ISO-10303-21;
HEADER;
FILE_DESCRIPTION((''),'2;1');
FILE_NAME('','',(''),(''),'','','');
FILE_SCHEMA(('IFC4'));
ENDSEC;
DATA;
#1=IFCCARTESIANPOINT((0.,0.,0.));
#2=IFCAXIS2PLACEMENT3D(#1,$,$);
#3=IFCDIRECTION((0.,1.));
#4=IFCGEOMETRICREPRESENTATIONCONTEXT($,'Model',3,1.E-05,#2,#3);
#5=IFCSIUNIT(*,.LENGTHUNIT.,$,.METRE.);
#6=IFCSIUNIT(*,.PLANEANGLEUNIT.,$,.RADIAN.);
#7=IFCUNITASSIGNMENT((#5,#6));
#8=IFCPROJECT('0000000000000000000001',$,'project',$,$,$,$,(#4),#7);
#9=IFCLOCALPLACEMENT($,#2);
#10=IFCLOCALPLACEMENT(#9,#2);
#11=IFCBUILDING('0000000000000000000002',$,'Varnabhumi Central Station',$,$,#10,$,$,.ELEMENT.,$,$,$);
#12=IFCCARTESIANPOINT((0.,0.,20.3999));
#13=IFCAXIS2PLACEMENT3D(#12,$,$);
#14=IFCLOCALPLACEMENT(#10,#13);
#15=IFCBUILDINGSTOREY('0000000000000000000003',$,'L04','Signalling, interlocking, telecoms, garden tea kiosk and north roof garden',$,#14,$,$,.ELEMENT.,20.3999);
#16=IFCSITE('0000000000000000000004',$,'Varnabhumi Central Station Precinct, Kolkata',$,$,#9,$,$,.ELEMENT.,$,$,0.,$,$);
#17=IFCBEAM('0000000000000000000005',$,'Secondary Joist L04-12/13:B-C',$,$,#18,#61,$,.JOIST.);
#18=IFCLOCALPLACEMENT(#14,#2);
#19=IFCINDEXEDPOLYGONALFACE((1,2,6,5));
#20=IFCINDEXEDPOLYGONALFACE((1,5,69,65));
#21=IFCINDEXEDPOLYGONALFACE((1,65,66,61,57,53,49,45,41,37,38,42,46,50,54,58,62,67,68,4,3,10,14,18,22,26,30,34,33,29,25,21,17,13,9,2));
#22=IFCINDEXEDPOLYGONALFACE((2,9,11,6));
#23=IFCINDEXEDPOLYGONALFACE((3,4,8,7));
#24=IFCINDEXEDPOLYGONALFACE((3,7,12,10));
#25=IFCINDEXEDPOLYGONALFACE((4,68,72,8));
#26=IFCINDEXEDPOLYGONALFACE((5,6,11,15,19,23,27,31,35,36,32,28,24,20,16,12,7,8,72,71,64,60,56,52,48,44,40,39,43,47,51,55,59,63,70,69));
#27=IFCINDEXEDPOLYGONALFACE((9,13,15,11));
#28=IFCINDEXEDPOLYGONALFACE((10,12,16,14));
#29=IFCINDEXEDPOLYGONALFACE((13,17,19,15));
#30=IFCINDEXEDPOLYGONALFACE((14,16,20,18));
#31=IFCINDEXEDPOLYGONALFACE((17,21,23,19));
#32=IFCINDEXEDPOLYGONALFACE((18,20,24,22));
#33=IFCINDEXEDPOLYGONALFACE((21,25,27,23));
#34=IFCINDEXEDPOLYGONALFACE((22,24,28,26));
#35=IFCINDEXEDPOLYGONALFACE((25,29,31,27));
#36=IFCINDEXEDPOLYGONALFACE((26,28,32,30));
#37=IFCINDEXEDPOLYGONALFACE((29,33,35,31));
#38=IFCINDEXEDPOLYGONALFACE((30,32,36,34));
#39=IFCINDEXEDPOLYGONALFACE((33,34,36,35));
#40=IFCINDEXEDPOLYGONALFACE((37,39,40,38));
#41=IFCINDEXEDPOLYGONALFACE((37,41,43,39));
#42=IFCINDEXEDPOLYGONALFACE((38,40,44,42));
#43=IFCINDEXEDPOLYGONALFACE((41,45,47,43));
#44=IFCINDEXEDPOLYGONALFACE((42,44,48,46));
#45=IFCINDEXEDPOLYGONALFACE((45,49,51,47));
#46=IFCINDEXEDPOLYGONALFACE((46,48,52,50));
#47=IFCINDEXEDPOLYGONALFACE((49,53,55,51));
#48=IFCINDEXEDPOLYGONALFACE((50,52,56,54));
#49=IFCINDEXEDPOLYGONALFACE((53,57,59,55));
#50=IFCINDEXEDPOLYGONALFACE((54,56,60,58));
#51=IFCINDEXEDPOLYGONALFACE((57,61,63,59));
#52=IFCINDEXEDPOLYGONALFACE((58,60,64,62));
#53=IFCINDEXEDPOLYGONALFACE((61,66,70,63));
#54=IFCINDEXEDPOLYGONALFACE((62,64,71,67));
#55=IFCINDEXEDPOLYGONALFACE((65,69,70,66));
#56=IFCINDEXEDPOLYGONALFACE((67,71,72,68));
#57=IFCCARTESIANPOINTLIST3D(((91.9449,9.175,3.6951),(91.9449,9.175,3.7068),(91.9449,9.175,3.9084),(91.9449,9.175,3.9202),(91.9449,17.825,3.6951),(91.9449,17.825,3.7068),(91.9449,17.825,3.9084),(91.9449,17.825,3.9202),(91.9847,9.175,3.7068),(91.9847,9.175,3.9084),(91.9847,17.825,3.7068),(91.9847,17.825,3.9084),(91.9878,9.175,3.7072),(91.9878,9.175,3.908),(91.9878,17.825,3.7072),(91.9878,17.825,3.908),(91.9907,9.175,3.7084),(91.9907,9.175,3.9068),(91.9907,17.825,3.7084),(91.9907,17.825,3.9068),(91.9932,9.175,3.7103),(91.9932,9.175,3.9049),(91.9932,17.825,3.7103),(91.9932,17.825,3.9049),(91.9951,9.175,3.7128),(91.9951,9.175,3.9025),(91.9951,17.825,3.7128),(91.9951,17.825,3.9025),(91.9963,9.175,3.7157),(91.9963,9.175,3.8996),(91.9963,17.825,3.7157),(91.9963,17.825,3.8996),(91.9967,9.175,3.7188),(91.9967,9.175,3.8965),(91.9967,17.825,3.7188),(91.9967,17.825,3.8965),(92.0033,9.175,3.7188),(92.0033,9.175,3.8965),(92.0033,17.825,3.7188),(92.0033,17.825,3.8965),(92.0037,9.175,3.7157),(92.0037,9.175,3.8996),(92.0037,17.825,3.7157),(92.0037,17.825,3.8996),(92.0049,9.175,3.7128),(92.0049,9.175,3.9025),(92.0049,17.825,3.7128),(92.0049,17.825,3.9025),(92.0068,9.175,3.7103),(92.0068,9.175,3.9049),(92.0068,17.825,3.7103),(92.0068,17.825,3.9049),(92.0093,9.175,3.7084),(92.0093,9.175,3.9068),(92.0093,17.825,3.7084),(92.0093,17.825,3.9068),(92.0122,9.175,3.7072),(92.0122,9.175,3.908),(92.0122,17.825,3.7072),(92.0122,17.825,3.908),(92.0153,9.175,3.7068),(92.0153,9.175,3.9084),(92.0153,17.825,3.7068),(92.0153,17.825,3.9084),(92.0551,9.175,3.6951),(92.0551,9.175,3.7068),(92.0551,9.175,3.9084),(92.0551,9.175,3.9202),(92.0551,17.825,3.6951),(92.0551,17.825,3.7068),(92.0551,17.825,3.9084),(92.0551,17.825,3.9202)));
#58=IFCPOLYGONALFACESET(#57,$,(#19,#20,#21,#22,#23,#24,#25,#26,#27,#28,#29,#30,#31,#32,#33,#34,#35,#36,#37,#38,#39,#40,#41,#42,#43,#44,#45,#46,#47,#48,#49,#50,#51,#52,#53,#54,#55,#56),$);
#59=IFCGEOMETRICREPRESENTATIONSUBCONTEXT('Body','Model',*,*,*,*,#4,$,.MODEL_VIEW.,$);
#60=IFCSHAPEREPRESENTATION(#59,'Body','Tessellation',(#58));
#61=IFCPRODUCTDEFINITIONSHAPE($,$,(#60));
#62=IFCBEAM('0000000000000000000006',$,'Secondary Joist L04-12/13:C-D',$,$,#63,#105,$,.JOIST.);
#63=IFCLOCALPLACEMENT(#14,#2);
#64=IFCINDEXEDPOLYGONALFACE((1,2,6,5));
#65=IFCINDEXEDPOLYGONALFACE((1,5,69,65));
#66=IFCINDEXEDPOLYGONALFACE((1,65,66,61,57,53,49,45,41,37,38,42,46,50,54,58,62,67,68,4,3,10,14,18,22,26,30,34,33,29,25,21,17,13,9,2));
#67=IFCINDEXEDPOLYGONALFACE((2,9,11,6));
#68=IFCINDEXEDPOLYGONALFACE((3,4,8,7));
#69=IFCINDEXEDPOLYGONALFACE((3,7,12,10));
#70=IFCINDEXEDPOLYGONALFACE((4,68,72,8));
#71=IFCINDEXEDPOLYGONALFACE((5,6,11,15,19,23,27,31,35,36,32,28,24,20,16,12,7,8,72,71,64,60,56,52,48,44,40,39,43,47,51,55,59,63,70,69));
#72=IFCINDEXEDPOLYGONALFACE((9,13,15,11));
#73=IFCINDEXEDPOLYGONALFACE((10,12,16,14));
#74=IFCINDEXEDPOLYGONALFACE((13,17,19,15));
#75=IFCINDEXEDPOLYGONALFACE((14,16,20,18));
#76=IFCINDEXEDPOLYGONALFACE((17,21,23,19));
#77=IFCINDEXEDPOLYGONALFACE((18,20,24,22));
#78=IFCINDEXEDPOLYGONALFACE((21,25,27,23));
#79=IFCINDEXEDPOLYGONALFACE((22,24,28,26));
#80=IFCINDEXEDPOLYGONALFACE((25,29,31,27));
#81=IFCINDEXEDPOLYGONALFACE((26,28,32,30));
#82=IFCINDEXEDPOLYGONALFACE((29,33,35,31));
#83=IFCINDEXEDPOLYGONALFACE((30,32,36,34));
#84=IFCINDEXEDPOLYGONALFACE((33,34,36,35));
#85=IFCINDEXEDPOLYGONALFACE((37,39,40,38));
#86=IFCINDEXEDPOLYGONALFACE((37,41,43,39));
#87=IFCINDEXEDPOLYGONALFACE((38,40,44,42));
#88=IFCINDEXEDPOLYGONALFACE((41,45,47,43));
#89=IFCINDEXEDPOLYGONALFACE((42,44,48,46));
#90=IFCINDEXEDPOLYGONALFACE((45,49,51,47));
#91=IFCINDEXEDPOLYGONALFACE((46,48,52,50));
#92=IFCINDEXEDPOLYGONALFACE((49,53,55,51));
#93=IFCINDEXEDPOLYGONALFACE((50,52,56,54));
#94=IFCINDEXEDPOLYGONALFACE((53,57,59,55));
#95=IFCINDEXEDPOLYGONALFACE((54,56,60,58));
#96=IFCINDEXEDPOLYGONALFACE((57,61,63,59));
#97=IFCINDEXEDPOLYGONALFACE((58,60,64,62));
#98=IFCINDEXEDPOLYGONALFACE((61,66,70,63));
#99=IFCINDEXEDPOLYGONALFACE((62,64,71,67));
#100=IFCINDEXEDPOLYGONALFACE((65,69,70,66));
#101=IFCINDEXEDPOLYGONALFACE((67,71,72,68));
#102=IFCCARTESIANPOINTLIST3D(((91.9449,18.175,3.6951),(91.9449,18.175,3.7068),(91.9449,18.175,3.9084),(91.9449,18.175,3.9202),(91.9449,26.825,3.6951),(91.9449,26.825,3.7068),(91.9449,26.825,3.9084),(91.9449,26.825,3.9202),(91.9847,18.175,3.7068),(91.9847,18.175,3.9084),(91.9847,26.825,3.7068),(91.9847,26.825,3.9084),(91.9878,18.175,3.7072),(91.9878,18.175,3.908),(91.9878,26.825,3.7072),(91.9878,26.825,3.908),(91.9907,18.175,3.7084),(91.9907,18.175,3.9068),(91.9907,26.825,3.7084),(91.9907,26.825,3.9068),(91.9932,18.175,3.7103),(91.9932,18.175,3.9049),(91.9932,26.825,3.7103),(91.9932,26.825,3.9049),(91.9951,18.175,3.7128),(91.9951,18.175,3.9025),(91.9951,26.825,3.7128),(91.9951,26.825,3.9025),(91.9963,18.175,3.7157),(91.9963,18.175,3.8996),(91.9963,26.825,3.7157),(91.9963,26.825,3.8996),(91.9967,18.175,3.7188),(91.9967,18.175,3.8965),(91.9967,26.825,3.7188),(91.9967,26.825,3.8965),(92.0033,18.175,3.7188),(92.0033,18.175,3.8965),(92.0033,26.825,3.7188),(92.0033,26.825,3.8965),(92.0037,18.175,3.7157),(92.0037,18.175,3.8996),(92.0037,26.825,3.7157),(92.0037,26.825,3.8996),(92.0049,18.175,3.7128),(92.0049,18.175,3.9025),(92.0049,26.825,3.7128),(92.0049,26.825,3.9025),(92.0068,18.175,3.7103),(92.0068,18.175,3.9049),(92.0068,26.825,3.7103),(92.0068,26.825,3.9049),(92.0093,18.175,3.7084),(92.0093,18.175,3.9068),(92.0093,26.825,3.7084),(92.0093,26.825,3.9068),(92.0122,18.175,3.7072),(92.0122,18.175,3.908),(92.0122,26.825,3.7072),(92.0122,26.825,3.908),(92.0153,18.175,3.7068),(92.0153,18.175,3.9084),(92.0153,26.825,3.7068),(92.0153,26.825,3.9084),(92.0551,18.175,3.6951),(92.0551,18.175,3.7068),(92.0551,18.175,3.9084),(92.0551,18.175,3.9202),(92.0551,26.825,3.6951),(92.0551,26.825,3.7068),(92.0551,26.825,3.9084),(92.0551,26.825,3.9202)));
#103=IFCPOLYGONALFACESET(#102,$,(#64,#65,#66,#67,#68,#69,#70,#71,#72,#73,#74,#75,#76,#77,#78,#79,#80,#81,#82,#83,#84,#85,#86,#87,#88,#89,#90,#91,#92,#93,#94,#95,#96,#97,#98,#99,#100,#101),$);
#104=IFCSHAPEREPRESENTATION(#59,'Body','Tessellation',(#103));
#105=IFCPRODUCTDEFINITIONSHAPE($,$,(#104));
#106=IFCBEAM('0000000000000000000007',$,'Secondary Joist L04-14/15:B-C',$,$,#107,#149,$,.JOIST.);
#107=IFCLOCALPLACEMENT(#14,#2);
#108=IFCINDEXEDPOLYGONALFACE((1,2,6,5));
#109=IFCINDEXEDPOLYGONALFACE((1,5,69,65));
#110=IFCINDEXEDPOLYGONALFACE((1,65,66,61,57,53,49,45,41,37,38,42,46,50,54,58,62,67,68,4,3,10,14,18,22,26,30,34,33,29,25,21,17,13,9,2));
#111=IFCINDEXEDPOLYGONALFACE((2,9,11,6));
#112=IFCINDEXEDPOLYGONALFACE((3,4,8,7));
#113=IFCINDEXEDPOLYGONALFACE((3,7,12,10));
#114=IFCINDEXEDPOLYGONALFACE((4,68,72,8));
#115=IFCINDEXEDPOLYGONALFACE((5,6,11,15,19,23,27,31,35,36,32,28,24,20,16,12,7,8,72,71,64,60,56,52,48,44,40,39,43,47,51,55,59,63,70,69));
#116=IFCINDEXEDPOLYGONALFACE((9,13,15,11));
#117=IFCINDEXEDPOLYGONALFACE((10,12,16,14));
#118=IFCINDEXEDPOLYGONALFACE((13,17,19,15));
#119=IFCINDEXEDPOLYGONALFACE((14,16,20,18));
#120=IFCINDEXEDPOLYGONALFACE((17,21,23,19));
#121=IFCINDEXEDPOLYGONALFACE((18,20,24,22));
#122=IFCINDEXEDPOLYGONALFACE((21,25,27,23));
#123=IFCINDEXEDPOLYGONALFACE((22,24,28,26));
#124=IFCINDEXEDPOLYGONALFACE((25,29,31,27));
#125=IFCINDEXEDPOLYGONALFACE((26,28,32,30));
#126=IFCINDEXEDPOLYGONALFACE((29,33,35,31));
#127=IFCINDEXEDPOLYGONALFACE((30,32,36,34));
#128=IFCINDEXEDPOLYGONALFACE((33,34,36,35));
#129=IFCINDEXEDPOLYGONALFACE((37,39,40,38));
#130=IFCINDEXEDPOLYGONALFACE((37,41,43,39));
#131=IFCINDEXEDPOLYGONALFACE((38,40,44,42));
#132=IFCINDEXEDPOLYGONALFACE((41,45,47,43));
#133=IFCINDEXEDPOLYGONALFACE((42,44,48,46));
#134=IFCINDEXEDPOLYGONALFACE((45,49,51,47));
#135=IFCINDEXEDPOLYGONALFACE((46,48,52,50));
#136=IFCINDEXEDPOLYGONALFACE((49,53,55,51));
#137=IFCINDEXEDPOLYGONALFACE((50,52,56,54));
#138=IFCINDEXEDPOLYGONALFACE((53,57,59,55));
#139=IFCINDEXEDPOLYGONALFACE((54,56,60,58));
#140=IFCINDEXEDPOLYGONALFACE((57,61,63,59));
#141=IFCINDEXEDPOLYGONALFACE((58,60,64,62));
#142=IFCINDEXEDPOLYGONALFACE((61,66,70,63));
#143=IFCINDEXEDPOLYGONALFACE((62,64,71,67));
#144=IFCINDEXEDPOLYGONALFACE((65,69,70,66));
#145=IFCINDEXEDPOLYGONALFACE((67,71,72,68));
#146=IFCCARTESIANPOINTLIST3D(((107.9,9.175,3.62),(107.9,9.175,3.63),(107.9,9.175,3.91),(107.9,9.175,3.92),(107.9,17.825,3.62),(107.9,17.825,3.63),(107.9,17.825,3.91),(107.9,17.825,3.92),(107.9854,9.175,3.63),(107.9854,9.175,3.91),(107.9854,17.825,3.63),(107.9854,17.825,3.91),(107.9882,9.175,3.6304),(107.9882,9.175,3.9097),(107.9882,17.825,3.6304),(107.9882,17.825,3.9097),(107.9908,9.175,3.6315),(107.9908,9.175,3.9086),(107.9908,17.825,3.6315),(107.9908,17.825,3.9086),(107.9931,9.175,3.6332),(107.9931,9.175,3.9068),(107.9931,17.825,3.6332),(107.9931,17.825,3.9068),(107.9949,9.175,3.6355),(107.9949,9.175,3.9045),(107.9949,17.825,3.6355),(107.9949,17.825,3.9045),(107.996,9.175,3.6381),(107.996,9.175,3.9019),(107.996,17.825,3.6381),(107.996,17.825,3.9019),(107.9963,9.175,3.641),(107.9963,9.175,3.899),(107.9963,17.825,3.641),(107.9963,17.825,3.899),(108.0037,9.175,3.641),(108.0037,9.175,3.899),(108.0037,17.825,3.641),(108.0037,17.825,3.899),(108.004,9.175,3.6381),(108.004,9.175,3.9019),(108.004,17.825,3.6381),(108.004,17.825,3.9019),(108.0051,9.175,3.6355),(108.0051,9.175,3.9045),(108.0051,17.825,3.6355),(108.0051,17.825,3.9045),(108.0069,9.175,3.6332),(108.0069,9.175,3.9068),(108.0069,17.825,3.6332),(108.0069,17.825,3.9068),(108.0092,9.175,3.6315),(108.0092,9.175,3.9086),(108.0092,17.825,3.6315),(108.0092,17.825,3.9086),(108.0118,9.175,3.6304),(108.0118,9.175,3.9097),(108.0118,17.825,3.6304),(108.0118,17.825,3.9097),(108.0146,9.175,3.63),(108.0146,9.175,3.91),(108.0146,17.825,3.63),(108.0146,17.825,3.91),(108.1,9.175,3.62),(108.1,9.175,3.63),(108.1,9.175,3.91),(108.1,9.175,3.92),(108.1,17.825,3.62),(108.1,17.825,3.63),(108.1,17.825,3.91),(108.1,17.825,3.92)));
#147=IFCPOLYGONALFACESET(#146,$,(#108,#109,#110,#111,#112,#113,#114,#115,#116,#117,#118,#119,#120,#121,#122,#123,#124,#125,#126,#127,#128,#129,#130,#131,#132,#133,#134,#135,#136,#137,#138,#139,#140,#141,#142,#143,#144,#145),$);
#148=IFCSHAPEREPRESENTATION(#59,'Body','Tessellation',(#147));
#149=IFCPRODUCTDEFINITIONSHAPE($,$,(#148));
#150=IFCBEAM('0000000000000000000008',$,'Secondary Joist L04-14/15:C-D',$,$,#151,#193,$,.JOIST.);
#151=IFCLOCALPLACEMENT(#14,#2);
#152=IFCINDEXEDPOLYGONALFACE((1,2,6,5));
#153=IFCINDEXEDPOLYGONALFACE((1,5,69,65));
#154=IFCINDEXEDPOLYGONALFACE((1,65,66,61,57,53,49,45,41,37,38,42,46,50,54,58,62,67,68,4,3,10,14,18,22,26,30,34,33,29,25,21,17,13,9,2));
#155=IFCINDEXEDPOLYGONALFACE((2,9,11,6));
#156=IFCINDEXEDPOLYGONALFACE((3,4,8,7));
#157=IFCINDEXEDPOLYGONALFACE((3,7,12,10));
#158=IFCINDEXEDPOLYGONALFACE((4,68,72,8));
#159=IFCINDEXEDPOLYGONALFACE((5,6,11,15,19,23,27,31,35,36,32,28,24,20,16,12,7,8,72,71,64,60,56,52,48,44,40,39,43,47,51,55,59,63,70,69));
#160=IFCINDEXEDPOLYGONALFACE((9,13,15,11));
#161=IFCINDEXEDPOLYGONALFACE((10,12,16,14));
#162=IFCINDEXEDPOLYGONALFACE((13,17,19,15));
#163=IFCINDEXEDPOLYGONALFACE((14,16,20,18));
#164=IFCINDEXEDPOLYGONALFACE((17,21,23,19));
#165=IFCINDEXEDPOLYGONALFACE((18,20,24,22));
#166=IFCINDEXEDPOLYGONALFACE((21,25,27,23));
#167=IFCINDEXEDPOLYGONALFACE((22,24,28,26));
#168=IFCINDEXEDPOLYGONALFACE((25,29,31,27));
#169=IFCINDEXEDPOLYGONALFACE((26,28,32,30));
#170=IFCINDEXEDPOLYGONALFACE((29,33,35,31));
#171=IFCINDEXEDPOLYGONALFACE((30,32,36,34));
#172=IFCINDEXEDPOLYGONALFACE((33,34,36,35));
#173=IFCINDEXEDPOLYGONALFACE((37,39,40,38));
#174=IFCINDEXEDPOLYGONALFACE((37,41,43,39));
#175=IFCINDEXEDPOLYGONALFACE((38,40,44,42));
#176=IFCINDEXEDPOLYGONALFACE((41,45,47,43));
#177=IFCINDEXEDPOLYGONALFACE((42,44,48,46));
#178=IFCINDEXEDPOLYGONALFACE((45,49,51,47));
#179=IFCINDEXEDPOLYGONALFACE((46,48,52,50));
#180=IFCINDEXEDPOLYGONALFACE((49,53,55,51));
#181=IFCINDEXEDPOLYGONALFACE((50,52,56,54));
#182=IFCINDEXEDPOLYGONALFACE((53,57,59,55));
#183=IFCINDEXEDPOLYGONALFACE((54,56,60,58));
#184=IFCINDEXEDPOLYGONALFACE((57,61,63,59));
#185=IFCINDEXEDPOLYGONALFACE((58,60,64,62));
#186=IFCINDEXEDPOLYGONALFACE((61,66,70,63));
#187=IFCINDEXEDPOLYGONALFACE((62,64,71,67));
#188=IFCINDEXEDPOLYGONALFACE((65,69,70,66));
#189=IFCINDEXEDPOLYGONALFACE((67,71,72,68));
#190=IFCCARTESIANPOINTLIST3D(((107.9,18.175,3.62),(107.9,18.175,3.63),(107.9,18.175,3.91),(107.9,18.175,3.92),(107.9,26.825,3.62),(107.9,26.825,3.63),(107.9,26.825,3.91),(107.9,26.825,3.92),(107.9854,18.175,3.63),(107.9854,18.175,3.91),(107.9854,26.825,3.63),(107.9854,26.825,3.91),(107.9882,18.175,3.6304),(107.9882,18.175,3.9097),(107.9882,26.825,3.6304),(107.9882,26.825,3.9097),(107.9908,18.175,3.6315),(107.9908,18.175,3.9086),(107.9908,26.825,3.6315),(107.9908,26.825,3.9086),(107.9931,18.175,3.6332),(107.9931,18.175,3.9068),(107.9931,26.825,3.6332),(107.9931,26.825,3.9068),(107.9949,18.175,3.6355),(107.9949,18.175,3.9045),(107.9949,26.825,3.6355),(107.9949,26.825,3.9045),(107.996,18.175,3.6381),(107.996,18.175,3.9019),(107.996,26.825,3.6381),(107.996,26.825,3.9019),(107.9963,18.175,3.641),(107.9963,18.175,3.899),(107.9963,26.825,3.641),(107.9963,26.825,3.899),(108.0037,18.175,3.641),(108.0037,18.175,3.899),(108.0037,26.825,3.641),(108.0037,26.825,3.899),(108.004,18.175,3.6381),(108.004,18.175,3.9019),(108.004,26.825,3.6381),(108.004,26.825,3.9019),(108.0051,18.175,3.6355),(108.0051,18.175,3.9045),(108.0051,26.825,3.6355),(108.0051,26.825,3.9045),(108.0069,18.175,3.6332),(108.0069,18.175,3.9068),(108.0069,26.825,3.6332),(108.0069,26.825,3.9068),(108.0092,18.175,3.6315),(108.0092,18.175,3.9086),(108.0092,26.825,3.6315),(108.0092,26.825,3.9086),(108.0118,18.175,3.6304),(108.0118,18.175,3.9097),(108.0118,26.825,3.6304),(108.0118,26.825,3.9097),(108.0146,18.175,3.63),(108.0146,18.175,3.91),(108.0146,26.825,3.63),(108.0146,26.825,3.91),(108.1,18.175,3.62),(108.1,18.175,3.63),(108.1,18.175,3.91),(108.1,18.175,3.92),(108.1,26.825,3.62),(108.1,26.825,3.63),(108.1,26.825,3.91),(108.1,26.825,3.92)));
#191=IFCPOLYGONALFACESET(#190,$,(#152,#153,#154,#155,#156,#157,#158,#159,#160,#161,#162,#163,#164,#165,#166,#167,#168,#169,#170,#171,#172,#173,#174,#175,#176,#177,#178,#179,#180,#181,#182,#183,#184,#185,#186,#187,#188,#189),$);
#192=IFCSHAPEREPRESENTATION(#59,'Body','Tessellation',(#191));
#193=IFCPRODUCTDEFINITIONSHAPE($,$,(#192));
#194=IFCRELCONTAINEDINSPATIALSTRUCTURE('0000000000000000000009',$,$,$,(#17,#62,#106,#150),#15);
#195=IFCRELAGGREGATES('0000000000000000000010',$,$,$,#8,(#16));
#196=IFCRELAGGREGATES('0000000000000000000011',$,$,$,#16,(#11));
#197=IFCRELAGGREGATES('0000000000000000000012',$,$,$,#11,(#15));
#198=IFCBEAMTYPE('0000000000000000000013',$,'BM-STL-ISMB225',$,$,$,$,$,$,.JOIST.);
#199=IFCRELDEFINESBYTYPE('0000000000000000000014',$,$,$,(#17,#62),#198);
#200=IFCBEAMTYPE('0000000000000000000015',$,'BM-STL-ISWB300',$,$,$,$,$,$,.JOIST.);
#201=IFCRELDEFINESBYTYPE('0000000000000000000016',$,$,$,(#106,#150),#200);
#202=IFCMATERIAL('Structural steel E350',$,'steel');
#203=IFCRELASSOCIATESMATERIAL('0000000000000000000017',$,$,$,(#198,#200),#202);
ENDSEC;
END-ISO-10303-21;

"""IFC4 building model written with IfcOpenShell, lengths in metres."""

from ifc_helpers import new_model, si_unit, direction, frame, origin, origin_2d, place, context, subcontext, project, spatial, i_section, extrude, material, material_profile, profile_set, type_object, element, save


model = new_model("IFC4")

# Units and contexts
model_context = context("Model", 3, precision=1e-05, world=origin(), true_north=direction((0.0, 1.0)))
body_context = subcontext(model_context, "Body", "Model", "MODEL_VIEW")
ifc_project = project(units=[si_unit("LENGTHUNIT", "METRE"), si_unit("PLANEANGLEUNIT", "RADIAN")], contexts=[model_context])

# Site, building, storey
site_placement = place(None, origin())
site = spatial("IfcSite", under=ifc_project, at=site_placement, Name="Varnabhumi Central Station Precinct, Kolkata", CompositionType="ELEMENT", RefElevation=0.0)
building_placement = place(site_placement, origin())
building = spatial("IfcBuilding", under=site, at=building_placement, Name="Varnabhumi Central Station", CompositionType="ELEMENT")
storey_placement = place(building_placement, frame((0.0, 0.0, 20.3999)))
storey = spatial("IfcBuildingStorey", under=building, at=storey_placement, Name="L04", Description="Signalling, interlocking, telecoms, garden tea kiosk and north roof garden", CompositionType="ELEMENT", Elevation=20.3999)

# Beams
ifc_material_1 = material(Name="Structural steel E350", Category="steel")
ifc_material_profile_1 = material_profile(ifc_material_1, i_section(OverallWidth=0.1101, OverallDepth=0.2251, WebThickness=0.0066, FlangeThickness=0.0117, FilletRadius=0.012, at=origin_2d()), Name="Structural steel E350", Category="steel")
ifc_profile_set_1 = profile_set([ifc_material_profile_1], Name="Structural steel E350")
beam_type_1 = type_object("IfcBeamType", Name="BM-STL-ISMB225", PredefinedType="JOIST", material=ifc_profile_set_1)
for number, where, z_axis, x_axis, name in (
    (1, (92.0, 9.175, 3.8076), (0.0, 1.0, 0.0), (-1.0, 0.0, 0.0), "Secondary Joist L04-12/13:B-C"),
    (2, (92.0, 18.175, 3.8076), (0.0, 1.0, 0.0), (-1.0, 0.0, 0.0), "Secondary Joist L04-12/13:C-D"),
):
    element("IfcBeam", number, at=place(storey_placement, frame(where, z_axis=z_axis, x_axis=x_axis)), inside=storey, type_object=beam_type_1, Name=name, PredefinedType="JOIST", context=body_context, shape_type="SweptSolid", body=[
        extrude(i_section(OverallWidth=0.1101, OverallDepth=0.2251, WebThickness=0.0066, FlangeThickness=0.0117, FilletRadius=0.012, at=origin_2d()), origin(), (0.0, 0.0, 1.0), 8.6499),
    ])
ifc_material_profile_2 = material_profile(ifc_material_1, i_section(OverallWidth=0.2, OverallDepth=0.3, WebThickness=0.0073, FlangeThickness=0.01, FilletRadius=0.011, at=origin_2d()), Name="Structural steel E350", Category="steel")
ifc_profile_set_2 = profile_set([ifc_material_profile_2], Name="Structural steel E350")
beam_type_2 = type_object("IfcBeamType", Name="BM-STL-ISWB300", PredefinedType="JOIST", material=ifc_profile_set_2)
for number, where, z_axis, x_axis, name in (
    (3, (108.0, 9.175, 3.77), (0.0, 1.0, 0.0), (-1.0, 0.0, 0.0), "Secondary Joist L04-14/15:B-C"),
    (4, (108.0, 18.175, 3.77), (0.0, 1.0, 0.0), (-1.0, 0.0, 0.0), "Secondary Joist L04-14/15:C-D"),
):
    element("IfcBeam", number, at=place(storey_placement, frame(where, z_axis=z_axis, x_axis=x_axis)), inside=storey, type_object=beam_type_2, Name=name, PredefinedType="JOIST", context=body_context, shape_type="SweptSolid", body=[
        extrude(i_section(OverallWidth=0.2, OverallDepth=0.3, WebThickness=0.0073, FlangeThickness=0.01, FilletRadius=0.011, at=origin_2d()), origin(), (0.0, 0.0, 1.0), 8.6499),
    ])

save(model, "model.ifc")
